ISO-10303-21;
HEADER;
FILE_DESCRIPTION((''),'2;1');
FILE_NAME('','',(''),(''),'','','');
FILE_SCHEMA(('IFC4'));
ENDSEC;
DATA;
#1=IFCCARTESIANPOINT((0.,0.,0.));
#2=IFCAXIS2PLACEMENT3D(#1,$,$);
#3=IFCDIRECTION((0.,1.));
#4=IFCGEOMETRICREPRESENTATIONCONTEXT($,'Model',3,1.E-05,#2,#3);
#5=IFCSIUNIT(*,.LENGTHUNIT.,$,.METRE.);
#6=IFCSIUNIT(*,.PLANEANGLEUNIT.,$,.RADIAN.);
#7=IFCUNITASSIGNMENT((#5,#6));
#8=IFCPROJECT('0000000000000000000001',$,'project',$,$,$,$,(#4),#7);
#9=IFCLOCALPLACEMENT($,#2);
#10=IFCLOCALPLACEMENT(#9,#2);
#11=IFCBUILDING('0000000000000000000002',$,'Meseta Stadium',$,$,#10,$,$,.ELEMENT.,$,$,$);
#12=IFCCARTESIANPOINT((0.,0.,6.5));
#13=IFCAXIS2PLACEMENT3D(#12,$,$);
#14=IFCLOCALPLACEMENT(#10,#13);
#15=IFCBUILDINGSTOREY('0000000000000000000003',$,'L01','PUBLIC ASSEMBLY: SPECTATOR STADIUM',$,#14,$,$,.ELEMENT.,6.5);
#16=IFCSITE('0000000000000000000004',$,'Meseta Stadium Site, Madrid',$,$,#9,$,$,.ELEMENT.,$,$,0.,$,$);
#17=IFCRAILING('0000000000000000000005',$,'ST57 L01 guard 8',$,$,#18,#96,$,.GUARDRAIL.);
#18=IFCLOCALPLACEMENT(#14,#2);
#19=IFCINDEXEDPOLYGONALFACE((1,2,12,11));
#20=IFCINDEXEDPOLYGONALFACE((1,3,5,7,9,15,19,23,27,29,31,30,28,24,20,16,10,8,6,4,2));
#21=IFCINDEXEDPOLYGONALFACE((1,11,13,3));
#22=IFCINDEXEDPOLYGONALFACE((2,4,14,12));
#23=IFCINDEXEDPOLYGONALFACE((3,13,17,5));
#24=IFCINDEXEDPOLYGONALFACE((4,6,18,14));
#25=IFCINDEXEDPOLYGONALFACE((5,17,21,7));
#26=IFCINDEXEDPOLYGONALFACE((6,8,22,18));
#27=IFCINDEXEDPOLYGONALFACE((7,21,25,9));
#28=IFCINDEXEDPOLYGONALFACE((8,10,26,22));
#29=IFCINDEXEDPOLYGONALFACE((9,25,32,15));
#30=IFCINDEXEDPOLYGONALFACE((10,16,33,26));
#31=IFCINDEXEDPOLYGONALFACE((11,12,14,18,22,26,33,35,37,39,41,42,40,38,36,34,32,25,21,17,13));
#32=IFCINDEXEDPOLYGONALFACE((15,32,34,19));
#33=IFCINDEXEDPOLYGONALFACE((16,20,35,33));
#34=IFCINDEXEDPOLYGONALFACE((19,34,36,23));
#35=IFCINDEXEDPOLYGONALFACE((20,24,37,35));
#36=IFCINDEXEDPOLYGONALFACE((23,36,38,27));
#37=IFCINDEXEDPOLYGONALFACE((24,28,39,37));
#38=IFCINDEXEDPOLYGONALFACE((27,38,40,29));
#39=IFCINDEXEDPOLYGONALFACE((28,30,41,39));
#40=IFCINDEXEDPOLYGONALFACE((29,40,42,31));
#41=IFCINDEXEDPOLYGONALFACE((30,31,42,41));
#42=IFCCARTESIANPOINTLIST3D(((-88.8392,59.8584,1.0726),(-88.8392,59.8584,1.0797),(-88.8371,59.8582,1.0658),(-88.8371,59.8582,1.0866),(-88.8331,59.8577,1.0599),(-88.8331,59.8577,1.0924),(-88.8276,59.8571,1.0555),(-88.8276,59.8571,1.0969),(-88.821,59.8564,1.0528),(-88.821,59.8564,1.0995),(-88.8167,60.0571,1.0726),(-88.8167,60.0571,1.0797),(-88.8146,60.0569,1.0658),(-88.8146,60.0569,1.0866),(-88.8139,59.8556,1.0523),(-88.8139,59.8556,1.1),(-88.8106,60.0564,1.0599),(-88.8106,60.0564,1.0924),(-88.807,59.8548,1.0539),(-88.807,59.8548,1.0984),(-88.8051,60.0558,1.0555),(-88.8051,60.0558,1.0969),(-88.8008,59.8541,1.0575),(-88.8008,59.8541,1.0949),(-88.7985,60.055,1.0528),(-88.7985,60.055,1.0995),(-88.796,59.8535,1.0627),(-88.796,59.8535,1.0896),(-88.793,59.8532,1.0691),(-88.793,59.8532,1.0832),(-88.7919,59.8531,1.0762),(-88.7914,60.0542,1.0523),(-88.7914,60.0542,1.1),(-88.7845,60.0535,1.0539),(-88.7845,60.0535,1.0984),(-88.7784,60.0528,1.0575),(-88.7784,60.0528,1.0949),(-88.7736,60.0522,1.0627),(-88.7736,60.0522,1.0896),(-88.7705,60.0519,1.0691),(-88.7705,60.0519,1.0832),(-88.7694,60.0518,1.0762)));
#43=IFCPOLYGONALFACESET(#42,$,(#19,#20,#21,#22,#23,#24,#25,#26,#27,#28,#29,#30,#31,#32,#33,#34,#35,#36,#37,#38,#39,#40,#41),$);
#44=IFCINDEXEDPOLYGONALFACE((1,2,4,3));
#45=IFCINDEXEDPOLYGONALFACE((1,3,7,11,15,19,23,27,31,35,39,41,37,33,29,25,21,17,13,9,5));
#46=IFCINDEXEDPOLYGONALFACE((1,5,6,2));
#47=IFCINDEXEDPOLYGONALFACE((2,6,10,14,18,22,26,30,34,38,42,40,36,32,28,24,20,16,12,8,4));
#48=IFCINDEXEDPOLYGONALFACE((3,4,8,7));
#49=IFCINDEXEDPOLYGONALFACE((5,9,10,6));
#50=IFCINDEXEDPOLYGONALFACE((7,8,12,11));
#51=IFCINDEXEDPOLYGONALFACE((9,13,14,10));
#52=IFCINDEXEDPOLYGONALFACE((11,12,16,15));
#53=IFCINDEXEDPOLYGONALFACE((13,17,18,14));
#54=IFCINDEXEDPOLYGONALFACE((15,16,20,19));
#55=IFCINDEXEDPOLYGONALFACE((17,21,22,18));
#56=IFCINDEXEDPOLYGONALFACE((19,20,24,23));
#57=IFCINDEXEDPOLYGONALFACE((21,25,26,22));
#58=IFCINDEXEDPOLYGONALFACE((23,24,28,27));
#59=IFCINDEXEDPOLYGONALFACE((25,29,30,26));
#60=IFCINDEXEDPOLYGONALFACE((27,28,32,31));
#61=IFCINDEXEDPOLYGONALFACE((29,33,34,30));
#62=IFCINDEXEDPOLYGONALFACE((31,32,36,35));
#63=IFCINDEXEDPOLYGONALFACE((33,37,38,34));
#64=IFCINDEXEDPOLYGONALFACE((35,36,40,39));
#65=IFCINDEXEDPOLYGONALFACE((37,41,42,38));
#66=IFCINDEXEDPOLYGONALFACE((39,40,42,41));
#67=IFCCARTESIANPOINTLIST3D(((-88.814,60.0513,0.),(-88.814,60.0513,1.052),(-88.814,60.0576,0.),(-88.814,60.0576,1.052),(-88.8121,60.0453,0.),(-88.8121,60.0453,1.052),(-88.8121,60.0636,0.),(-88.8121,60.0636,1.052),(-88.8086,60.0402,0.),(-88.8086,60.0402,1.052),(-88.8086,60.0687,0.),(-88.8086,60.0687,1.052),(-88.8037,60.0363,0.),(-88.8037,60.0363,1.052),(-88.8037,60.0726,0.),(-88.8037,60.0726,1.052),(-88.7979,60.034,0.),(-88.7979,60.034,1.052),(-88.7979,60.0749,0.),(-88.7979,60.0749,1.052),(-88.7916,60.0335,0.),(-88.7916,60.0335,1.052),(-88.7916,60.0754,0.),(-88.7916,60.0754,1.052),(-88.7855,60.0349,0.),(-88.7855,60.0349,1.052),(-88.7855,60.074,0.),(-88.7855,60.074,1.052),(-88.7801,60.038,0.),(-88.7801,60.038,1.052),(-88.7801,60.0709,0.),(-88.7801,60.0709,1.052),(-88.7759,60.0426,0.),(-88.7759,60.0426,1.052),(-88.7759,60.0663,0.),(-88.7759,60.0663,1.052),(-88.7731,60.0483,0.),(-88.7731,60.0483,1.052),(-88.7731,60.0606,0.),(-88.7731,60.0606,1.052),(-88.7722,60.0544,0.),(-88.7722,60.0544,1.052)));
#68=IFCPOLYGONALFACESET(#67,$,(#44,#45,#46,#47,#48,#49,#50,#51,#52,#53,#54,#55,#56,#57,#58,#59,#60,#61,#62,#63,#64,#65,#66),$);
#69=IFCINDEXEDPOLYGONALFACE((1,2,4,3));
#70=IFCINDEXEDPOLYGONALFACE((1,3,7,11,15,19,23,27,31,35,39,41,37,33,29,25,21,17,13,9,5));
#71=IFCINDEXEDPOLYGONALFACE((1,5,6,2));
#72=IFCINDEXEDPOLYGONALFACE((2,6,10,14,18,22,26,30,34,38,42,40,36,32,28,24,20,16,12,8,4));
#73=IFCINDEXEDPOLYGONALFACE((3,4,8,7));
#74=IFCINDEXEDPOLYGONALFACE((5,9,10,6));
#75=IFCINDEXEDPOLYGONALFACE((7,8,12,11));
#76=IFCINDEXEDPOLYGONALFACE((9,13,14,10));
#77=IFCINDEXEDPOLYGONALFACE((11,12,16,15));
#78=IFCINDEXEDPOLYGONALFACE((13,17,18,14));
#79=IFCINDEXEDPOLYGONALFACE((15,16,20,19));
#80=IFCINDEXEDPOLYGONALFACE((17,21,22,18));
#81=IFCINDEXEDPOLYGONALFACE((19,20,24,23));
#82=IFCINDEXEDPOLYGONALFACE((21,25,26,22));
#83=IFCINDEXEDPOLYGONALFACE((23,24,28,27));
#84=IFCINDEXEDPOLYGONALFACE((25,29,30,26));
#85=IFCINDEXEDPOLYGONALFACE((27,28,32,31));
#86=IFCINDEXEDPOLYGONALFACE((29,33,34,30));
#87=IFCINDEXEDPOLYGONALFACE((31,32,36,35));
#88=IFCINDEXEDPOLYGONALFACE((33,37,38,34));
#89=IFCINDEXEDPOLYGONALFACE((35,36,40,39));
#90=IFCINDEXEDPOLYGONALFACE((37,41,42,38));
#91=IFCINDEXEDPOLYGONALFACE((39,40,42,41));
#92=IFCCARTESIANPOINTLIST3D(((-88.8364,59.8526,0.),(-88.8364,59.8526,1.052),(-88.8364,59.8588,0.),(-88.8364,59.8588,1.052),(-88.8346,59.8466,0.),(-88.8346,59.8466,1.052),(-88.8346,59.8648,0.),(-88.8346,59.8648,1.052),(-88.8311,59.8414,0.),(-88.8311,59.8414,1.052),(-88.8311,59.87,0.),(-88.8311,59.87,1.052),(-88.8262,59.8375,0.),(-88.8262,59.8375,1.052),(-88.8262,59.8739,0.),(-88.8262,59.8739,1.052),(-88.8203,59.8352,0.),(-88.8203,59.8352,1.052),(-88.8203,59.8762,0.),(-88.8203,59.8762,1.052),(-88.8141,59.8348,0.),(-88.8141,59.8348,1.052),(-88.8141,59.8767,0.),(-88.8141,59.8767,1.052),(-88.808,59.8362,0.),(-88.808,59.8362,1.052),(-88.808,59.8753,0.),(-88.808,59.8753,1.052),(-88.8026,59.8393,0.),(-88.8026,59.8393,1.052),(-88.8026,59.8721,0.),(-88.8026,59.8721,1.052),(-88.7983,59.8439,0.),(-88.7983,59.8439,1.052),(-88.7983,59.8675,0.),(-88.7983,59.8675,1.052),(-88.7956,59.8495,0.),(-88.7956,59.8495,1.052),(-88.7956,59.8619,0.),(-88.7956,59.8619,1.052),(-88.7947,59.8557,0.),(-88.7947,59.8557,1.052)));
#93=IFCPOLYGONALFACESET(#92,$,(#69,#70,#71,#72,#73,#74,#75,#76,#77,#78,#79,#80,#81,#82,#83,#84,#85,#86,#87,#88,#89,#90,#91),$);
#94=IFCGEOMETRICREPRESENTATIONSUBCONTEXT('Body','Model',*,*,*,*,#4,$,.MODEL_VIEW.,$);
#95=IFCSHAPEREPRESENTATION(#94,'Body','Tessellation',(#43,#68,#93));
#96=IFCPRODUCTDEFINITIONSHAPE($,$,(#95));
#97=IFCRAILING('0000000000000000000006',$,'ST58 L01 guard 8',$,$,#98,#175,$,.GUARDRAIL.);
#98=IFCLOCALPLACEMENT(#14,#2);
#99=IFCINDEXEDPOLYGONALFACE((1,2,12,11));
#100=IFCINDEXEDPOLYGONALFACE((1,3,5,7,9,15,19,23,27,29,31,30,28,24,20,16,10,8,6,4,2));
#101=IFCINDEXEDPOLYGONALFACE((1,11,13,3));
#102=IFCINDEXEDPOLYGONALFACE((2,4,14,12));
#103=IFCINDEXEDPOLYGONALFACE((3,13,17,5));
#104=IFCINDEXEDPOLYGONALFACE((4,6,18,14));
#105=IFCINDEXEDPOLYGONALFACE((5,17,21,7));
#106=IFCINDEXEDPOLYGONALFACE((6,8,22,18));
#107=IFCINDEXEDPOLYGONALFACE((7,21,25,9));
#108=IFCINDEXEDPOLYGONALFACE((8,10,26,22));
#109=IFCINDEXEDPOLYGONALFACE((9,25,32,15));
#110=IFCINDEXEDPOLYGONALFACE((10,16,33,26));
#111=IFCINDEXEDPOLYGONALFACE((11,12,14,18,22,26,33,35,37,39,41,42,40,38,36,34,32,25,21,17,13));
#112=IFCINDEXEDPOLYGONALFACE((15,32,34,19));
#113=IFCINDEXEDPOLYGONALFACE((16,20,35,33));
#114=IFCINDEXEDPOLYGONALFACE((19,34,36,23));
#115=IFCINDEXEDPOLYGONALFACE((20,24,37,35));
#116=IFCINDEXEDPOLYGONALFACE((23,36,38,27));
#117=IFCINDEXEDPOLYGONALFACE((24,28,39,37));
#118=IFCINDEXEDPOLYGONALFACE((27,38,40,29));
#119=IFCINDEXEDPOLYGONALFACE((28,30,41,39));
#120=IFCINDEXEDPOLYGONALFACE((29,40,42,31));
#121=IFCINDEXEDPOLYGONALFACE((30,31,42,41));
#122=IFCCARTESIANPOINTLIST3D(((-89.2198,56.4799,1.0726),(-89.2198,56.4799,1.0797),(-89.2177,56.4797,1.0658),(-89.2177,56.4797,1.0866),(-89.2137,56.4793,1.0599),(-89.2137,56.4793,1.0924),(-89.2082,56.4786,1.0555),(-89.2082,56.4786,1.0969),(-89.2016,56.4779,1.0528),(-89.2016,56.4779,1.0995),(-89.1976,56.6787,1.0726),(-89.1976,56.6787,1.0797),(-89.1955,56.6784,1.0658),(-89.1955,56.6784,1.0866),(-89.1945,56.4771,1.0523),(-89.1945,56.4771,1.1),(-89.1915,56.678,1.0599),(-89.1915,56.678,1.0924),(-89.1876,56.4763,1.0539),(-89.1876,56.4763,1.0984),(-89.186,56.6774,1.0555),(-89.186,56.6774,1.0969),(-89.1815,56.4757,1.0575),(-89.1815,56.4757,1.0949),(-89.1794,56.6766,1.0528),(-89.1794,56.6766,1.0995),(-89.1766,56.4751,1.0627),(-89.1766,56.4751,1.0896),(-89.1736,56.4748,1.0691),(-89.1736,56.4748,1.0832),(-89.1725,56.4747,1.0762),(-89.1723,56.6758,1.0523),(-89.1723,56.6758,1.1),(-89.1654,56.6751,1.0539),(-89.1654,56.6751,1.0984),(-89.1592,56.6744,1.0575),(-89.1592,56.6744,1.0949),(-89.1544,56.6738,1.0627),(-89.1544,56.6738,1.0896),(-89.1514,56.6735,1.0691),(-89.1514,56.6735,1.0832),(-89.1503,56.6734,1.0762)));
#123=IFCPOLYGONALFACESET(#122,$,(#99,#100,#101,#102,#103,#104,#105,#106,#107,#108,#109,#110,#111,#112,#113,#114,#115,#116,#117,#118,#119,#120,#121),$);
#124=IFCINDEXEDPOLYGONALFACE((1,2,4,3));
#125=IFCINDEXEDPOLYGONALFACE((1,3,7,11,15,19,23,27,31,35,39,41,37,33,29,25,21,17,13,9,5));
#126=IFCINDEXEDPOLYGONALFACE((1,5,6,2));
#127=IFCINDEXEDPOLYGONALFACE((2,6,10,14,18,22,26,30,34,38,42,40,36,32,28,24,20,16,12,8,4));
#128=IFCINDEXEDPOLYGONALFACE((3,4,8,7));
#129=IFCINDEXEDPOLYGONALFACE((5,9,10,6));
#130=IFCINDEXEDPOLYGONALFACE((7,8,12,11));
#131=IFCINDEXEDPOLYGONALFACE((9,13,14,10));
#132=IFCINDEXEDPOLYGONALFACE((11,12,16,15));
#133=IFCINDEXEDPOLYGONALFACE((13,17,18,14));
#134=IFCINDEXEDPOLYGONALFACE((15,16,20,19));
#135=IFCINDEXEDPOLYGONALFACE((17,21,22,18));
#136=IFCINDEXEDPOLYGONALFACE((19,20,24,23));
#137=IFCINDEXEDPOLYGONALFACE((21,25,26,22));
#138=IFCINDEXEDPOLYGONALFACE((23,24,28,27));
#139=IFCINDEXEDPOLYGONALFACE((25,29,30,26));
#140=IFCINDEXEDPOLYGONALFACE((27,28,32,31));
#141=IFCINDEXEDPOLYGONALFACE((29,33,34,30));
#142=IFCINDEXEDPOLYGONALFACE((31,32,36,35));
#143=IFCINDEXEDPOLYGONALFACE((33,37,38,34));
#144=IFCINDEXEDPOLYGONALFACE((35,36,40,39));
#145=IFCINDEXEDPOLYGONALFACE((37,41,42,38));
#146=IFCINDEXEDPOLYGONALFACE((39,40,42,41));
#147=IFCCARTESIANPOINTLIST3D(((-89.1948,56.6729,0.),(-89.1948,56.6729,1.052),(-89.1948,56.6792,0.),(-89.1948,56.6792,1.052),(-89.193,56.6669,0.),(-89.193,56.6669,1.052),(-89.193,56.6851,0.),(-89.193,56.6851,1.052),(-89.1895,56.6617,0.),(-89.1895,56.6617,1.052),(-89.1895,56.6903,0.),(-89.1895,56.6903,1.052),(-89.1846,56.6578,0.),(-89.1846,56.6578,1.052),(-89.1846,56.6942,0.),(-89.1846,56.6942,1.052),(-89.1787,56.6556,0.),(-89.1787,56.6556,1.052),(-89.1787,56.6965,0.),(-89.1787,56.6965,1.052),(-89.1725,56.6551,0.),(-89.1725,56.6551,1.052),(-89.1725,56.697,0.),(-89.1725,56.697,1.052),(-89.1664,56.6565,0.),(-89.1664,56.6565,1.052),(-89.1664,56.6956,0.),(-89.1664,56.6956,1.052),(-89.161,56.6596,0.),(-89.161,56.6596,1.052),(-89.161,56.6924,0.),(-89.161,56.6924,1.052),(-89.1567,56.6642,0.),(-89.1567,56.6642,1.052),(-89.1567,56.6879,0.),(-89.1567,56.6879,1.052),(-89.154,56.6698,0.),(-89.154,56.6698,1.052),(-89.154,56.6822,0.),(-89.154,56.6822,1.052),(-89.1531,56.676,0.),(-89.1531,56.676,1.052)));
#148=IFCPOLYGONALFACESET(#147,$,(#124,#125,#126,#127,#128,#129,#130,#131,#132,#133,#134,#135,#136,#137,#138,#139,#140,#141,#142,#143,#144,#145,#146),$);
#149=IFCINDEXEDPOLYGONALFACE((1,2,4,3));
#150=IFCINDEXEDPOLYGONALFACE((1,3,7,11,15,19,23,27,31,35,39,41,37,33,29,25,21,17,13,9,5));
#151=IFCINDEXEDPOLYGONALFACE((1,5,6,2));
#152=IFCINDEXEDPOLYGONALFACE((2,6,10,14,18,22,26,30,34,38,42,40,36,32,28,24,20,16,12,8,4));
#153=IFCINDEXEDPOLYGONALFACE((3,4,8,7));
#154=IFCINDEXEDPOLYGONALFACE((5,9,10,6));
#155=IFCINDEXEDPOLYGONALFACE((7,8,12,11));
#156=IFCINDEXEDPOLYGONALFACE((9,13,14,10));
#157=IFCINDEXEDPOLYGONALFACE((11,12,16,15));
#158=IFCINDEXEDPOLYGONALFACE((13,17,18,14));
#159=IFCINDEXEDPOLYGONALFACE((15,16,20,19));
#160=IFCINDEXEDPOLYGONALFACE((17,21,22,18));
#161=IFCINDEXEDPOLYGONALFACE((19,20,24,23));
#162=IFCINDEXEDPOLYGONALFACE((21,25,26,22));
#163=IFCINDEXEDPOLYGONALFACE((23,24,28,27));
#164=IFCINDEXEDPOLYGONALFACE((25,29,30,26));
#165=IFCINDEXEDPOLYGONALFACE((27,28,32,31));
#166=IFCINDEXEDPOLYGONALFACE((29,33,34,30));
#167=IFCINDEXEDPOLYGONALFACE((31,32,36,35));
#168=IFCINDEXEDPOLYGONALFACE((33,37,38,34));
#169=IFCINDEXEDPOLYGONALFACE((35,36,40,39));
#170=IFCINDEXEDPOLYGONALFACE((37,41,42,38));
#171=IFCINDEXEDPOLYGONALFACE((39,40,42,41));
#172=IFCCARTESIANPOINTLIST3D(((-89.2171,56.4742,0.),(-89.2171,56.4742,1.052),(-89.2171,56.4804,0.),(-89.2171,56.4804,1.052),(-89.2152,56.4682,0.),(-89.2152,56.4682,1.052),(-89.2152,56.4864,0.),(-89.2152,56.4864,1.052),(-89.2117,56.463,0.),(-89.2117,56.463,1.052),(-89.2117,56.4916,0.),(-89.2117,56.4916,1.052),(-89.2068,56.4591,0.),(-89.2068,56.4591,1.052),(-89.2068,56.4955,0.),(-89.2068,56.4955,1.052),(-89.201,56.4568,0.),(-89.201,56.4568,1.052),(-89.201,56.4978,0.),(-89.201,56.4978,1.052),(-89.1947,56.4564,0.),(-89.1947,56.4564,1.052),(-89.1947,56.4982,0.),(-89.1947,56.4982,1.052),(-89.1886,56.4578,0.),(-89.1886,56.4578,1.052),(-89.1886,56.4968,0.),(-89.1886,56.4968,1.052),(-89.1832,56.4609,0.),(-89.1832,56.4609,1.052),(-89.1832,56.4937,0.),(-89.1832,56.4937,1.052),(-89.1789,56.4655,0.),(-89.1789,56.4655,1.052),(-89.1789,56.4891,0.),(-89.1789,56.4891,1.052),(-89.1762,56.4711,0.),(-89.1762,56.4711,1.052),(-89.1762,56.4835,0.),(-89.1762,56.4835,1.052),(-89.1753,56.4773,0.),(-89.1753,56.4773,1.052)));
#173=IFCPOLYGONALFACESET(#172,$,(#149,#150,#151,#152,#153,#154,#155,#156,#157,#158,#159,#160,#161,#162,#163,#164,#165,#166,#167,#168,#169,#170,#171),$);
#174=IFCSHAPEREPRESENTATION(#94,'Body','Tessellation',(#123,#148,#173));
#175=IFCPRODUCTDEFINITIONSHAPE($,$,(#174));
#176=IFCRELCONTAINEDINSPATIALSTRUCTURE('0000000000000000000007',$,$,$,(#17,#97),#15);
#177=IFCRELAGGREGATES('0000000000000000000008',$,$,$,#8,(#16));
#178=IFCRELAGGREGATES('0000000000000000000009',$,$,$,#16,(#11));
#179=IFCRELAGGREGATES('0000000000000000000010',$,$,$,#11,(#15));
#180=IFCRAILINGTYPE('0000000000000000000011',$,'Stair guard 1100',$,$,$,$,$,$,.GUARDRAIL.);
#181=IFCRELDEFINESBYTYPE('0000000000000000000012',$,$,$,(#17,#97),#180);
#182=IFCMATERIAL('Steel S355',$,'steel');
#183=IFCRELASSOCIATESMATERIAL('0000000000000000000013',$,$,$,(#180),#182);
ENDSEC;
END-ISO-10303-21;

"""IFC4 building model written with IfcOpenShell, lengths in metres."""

from ifc_helpers import new_model, si_unit, direction, frame, origin, origin_2d, place, context, subcontext, project, spatial, circle, extrude, material, type_object, element, save


model = new_model("IFC4")

# Units and contexts
model_context = context("Model", 3, precision=1e-05, world=origin(), true_north=direction((0.0, 1.0)))
body_context = subcontext(model_context, "Body", "Model", "MODEL_VIEW")
ifc_project = project(units=[si_unit("LENGTHUNIT", "METRE"), si_unit("PLANEANGLEUNIT", "RADIAN")], contexts=[model_context])

# Site, building, storey
site_placement = place(None, origin())
site = spatial("IfcSite", under=ifc_project, at=site_placement, Name="Meseta Stadium Site, Madrid", CompositionType="ELEMENT", RefElevation=0.0)
building_placement = place(site_placement, origin())
building = spatial("IfcBuilding", under=site, at=building_placement, Name="Meseta Stadium", CompositionType="ELEMENT")
storey_placement = place(building_placement, frame((0.0, 0.0, 6.5)))
storey = spatial("IfcBuildingStorey", under=building, at=storey_placement, Name="L01", Description="PUBLIC ASSEMBLY: SPECTATOR STADIUM", CompositionType="ELEMENT", Elevation=6.5)

# Railings
ifc_material_1 = material(Name="Steel S355", Category="steel")
railing_type_1 = type_object("IfcRailingType", Name="Stair guard 1100", PredefinedType="GUARDRAIL", material=ifc_material_1)
railing_1_placement = place(storey_placement, frame((-88.7932, 60.0544, 0.0)))
element("IfcRailing", 1, at=railing_1_placement, inside=storey, type_object=railing_type_1, Name="ST57 L01 guard 8", PredefinedType="GUARDRAIL", context=body_context, shape_type="SweptSolid", body=[
    extrude(circle(Radius=0.0239, at=origin_2d()), frame((0.0, 0.0, 1.0762), z_axis=(-0.112307, -0.993674, 0.0), x_axis=(0.993674, -0.112307, 0.0)), (0.0, 0.0, 1.0), 0.2),
    extrude(circle(Radius=0.021, at=origin_2d()), origin(), (0.0, 0.0, 1.0), 1.052),
    extrude(circle(Radius=0.021, at=origin_2d()), frame((-0.0225, -0.1987, 0.0)), (0.0, 0.0, 1.0), 1.052),
])
railing_2_placement = place(storey_placement, frame((-89.1741, 56.676, 0.0)))
element("IfcRailing", 2, at=railing_2_placement, inside=storey, type_object=railing_type_1, Name="ST58 L01 guard 8", PredefinedType="GUARDRAIL", context=body_context, shape_type="SweptSolid", body=[
    extrude(circle(Radius=0.0239, at=origin_2d()), frame((0.0, 0.0, 1.0762), z_axis=(-0.111102, -0.993809, 0.0), x_axis=(0.993809, -0.111102, 0.0)), (0.0, 0.0, 1.0), 0.2),
    extrude(circle(Radius=0.021, at=origin_2d()), origin(), (0.0, 0.0, 1.0), 1.052),
    extrude(circle(Radius=0.021, at=origin_2d()), frame((-0.0222, -0.1987, 0.0)), (0.0, 0.0, 1.0), 1.052),
])

save(model, "model.ifc")
